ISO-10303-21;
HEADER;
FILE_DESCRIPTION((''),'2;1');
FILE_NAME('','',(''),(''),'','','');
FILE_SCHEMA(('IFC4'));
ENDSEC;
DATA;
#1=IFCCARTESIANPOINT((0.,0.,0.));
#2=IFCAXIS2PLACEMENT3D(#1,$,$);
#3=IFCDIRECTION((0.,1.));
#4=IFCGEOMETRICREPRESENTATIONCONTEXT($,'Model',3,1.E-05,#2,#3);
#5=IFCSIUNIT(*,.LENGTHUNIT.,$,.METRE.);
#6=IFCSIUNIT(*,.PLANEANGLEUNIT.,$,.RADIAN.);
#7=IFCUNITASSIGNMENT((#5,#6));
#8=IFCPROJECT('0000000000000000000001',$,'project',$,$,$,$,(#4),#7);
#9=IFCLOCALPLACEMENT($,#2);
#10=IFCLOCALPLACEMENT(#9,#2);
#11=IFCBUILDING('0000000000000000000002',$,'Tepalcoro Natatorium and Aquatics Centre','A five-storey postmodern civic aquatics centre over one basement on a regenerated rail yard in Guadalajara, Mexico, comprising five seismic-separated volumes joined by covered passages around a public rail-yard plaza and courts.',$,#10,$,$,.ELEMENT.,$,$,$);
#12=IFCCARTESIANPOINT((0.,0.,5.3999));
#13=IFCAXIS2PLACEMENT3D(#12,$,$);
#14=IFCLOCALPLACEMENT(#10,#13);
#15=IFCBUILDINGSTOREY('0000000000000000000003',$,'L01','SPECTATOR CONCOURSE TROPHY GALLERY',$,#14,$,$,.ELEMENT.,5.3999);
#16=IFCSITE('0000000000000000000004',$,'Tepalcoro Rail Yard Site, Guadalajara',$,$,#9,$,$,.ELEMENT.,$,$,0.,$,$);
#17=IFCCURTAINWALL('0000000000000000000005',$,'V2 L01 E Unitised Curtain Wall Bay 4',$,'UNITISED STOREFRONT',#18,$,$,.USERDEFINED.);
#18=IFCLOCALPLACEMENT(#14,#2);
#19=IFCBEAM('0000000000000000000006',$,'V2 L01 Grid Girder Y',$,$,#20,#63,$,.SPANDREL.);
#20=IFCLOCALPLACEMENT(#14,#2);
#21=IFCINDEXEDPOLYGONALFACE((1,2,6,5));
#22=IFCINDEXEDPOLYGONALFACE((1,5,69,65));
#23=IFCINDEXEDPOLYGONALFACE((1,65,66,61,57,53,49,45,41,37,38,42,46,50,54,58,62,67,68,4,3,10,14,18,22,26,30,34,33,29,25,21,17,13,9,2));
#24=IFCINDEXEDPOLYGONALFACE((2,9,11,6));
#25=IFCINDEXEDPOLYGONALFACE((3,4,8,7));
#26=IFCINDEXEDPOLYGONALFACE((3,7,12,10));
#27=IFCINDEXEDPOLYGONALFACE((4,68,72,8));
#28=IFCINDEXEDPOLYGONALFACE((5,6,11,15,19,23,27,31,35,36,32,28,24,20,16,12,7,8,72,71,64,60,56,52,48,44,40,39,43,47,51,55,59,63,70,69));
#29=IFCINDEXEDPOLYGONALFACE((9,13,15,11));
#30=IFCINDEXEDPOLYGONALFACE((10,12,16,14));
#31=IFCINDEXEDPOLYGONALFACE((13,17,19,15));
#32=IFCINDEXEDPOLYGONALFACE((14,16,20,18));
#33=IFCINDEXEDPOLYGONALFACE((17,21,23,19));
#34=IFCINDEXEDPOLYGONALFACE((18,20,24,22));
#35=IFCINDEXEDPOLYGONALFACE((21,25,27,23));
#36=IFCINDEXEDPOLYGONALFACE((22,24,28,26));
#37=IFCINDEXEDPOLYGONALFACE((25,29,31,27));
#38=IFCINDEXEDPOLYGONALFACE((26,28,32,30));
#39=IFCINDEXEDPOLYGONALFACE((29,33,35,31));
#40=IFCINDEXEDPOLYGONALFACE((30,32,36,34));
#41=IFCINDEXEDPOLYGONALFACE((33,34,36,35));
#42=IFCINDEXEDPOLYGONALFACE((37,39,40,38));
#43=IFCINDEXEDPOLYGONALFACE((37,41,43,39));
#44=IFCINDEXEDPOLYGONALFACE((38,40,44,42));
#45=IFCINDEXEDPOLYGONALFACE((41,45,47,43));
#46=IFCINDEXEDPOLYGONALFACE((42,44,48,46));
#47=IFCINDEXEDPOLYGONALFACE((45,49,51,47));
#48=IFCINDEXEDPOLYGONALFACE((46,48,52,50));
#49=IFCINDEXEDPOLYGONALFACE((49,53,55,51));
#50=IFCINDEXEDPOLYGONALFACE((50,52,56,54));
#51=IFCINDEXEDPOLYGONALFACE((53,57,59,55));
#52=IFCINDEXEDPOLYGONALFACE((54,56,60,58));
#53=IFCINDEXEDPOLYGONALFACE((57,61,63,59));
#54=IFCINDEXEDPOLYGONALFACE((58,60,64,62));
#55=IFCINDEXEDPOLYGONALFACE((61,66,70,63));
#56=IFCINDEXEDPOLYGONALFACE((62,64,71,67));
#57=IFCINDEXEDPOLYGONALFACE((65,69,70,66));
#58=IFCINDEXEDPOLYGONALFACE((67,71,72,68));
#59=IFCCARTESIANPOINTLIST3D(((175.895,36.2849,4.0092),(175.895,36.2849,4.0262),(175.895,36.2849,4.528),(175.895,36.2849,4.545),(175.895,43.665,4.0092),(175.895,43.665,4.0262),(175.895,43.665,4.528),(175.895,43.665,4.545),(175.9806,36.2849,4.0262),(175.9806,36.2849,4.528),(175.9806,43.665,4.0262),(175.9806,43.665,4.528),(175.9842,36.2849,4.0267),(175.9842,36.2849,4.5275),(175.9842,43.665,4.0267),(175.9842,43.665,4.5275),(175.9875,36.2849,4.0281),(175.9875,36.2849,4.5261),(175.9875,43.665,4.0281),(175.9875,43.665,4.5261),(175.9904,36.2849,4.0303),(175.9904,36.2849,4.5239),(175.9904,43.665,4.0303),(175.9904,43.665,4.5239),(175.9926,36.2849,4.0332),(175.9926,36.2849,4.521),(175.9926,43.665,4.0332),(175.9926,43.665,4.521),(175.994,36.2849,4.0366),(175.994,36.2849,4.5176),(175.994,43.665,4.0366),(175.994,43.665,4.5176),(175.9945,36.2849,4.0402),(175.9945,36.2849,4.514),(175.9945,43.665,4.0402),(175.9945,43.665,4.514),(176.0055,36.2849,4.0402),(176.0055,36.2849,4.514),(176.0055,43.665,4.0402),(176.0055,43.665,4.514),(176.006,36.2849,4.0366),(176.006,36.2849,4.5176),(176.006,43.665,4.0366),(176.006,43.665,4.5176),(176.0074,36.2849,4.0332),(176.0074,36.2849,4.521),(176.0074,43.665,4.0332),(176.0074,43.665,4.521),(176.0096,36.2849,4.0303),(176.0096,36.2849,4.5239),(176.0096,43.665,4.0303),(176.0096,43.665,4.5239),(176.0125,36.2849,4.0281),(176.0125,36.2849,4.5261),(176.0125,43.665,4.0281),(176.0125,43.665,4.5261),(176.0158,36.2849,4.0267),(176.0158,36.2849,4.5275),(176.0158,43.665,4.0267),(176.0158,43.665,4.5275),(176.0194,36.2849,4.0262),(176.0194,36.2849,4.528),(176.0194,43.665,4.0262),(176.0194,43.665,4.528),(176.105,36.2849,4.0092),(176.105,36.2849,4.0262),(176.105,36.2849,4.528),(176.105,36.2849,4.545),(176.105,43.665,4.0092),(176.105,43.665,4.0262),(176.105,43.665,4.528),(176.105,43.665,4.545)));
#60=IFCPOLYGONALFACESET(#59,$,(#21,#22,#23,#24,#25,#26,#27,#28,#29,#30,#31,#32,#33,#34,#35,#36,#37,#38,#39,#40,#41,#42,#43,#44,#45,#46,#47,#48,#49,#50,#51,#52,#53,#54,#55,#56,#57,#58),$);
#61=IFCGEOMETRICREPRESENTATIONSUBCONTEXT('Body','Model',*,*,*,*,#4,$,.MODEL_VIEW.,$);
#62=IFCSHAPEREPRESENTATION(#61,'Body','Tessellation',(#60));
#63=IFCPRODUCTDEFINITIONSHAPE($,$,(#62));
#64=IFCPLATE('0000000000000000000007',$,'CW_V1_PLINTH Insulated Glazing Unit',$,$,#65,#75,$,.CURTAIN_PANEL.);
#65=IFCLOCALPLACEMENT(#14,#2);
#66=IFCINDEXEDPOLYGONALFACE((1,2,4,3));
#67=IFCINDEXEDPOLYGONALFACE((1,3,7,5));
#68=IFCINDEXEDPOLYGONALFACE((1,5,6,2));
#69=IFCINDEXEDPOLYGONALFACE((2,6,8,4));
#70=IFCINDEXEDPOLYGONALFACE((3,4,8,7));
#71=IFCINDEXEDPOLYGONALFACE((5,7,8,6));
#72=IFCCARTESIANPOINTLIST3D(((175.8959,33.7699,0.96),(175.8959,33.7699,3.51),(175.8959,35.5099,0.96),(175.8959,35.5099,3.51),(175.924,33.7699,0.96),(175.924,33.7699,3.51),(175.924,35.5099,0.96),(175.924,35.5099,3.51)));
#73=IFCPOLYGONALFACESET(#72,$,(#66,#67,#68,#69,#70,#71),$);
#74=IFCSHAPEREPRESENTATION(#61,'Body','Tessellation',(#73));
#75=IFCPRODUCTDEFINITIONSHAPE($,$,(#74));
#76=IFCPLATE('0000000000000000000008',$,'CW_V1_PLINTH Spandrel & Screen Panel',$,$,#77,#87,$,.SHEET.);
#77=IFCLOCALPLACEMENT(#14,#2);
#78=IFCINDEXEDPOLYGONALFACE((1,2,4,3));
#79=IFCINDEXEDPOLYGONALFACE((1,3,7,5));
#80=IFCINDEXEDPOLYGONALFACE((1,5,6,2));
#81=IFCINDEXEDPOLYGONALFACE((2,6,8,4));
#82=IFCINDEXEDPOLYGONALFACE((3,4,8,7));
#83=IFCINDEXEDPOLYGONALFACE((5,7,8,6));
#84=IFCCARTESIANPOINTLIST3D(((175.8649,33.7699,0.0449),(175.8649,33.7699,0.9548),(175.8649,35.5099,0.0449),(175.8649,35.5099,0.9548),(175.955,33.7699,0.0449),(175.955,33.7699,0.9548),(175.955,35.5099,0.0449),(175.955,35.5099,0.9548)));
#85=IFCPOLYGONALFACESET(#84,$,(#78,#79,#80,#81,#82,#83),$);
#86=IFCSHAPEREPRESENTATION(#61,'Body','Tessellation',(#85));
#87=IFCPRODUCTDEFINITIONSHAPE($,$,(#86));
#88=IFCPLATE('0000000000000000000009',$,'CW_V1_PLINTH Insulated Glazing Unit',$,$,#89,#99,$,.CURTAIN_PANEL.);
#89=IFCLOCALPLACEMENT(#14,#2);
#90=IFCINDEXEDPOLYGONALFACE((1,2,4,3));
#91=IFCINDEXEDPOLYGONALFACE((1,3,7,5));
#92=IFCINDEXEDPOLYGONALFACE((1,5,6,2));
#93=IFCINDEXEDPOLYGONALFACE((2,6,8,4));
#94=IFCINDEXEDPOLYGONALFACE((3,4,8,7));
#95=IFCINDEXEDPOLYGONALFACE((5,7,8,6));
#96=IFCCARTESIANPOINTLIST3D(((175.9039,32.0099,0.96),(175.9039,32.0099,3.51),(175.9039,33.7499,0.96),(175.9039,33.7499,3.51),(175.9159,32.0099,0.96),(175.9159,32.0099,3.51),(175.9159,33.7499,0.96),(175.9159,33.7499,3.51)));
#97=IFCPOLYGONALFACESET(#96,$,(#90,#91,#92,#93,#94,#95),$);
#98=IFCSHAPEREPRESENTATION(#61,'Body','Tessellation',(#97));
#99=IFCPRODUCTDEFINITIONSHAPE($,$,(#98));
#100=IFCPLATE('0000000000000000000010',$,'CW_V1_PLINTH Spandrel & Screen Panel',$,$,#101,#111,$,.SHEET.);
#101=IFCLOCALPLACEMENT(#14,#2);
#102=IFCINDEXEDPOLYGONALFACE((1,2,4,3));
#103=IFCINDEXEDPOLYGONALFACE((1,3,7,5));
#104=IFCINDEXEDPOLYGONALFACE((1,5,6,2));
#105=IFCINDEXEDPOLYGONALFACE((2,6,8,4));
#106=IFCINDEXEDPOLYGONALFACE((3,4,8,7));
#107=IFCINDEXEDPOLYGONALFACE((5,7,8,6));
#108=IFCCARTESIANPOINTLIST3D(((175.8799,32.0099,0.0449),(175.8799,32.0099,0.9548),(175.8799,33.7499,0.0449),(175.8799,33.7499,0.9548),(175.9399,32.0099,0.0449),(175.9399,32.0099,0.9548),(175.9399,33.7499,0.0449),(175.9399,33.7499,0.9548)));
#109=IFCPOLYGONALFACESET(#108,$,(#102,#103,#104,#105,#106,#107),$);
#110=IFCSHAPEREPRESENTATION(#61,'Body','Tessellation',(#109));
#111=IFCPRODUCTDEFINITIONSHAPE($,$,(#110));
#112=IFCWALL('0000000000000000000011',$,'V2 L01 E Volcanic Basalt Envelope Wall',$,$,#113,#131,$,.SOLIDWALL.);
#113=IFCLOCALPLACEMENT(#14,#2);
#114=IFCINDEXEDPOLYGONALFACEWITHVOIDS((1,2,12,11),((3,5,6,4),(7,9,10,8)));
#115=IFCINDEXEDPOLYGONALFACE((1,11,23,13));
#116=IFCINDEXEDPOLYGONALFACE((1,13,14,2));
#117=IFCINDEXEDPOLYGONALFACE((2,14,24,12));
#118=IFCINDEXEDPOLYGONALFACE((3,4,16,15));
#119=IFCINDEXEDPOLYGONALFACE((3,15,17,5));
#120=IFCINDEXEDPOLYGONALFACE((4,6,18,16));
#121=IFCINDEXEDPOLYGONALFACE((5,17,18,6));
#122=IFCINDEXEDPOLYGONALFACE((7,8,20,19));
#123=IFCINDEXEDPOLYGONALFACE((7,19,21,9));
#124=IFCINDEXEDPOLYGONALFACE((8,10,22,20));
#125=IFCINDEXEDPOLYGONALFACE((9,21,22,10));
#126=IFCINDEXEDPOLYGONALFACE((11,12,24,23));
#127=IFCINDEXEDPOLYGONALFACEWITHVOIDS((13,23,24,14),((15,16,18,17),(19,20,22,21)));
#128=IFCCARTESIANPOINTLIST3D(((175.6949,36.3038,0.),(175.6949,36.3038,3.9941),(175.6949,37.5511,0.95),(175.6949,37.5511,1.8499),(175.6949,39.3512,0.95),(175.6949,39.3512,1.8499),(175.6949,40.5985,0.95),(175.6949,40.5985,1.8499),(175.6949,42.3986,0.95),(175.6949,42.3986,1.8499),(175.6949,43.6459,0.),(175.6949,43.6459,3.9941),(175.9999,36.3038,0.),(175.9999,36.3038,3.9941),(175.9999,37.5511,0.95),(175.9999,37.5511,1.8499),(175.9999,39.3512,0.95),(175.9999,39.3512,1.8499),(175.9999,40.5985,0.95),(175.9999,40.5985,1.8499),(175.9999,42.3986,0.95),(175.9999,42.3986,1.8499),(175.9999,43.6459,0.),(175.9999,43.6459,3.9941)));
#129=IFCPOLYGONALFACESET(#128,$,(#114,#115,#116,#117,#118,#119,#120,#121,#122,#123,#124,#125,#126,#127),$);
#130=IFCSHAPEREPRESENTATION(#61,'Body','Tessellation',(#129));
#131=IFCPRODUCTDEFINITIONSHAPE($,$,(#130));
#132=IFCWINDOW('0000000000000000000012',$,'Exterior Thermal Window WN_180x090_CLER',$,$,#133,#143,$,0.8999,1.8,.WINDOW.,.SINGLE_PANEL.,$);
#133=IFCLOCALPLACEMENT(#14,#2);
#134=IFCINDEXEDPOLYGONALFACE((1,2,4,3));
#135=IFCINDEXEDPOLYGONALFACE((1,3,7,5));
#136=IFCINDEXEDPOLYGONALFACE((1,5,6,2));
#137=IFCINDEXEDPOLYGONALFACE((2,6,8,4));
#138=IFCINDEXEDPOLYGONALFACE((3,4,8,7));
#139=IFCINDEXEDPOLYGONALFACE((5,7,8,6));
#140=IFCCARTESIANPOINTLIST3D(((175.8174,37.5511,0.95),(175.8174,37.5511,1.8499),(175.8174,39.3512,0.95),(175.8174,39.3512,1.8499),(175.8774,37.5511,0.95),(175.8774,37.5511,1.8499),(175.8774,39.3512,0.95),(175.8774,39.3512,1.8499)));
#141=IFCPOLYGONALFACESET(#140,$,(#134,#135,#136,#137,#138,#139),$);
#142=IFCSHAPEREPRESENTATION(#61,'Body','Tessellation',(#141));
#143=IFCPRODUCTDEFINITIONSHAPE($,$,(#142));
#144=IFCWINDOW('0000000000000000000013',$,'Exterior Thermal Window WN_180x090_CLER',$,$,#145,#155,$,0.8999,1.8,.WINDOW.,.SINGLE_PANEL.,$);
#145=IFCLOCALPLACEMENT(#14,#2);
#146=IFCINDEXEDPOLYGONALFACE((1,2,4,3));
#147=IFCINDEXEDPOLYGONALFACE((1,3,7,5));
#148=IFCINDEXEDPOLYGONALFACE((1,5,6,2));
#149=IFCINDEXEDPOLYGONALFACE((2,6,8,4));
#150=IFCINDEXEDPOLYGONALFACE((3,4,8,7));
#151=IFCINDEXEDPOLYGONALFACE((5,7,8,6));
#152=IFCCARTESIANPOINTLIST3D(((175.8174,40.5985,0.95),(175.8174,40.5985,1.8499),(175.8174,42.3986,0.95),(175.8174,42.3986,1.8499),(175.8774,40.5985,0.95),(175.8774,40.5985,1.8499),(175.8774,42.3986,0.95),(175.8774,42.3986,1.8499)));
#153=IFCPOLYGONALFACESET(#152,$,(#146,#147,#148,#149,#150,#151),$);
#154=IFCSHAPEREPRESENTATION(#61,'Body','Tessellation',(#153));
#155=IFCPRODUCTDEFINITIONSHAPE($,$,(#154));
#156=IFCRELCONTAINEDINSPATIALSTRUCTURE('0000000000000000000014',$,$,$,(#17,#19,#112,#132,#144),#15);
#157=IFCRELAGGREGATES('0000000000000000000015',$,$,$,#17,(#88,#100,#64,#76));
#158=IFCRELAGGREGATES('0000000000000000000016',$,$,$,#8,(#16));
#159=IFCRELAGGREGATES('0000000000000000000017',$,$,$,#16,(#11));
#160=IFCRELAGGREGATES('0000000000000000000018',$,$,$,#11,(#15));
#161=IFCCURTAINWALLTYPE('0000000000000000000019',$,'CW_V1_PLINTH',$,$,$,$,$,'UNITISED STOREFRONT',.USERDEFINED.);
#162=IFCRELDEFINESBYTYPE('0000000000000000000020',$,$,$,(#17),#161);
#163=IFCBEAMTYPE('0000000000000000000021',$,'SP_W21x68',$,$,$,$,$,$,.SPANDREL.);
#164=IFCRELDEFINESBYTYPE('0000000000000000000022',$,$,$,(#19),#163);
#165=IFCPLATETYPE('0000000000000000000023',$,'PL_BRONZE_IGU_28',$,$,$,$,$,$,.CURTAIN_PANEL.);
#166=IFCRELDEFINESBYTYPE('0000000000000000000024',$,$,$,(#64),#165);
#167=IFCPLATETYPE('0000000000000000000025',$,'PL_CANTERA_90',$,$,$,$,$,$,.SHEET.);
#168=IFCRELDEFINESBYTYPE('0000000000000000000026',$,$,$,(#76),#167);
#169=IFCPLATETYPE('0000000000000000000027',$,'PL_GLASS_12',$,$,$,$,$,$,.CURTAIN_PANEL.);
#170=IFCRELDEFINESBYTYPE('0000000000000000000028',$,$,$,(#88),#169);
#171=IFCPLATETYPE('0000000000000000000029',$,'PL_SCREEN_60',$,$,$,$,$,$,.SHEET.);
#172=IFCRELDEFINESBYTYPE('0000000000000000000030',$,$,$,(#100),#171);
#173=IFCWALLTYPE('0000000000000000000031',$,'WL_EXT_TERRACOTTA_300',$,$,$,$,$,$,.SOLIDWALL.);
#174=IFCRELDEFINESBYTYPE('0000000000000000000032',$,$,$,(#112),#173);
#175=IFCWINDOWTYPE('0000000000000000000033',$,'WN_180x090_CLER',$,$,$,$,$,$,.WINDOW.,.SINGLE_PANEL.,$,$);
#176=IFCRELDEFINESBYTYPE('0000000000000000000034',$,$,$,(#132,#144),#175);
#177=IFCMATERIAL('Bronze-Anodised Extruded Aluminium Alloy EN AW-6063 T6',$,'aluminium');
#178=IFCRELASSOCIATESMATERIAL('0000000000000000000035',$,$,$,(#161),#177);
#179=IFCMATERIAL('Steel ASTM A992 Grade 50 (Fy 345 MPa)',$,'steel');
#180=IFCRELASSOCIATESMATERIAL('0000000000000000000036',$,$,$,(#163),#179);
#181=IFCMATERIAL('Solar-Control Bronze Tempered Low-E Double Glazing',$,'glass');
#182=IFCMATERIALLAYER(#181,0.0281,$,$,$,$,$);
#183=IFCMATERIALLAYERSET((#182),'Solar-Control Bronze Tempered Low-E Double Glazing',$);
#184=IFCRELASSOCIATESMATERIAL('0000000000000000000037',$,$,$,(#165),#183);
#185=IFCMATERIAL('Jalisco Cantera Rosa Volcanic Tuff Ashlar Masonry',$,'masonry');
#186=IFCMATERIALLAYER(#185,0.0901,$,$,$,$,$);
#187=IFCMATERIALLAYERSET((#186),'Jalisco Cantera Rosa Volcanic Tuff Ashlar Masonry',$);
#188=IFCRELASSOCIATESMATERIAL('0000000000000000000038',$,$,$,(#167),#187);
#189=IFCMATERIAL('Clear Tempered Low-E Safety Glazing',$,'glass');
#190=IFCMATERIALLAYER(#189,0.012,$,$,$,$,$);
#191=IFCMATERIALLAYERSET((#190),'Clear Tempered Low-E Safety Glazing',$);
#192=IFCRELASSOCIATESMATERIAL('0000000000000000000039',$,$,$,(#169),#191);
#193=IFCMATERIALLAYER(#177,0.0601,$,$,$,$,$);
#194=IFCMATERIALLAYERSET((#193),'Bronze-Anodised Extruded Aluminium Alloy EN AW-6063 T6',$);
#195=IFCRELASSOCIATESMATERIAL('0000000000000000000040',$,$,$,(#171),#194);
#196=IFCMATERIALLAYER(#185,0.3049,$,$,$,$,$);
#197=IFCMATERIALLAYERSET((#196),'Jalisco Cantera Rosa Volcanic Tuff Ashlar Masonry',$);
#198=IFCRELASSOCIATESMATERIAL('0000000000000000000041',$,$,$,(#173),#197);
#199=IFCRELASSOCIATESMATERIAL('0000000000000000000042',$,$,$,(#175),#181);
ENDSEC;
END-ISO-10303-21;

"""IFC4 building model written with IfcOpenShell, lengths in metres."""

from ifc_helpers import new_model, si_unit, direction, frame, frame_2d, origin, origin_2d, place, context, subcontext, project, spatial, rectangle, i_section, extrude, material, layer, layer_set, material_profile, profile_set, type_object, element, fill, aggregate, save


model = new_model("IFC4")

# Units and contexts
model_context = context("Model", 3, precision=1e-05, world=origin(), true_north=direction((0.0, 1.0)))
body_context = subcontext(model_context, "Body", "Model", "MODEL_VIEW")
ifc_project = project(units=[si_unit("LENGTHUNIT", "METRE"), si_unit("PLANEANGLEUNIT", "RADIAN")], contexts=[model_context])

# Site, building, storey
site_placement = place(None, origin())
site = spatial("IfcSite", under=ifc_project, at=site_placement, Name="Tepalcoro Rail Yard Site, Guadalajara", CompositionType="ELEMENT", RefElevation=0.0)
building_placement = place(site_placement, origin())
building = spatial("IfcBuilding", under=site, at=building_placement, Name="Tepalcoro Natatorium and Aquatics Centre", Description="A five-storey postmodern civic aquatics centre over one basement on a regenerated rail yard in Guadalajara, Mexico, comprising five seismic-separated volumes joined by covered passages around a public rail-yard plaza and courts.", CompositionType="ELEMENT")
storey_placement = place(building_placement, frame((0.0, 0.0, 5.3999)))
storey = spatial("IfcBuildingStorey", under=building, at=storey_placement, Name="L01", Description="SPECTATOR CONCOURSE TROPHY GALLERY", CompositionType="ELEMENT", Elevation=5.3999)

# Shared definitions
ifc_material_1 = material(Name="Steel ASTM A992 Grade 50 (Fy 345 MPa)", Category="steel")

# Curtain wall
ifc_material_2 = material(Name="Bronze-Anodised Extruded Aluminium Alloy EN AW-6063 T6", Category="aluminium")
curtain_wall_type = type_object("IfcCurtainWallType", Name="CW_V1_PLINTH", ElementType="UNITISED STOREFRONT", PredefinedType="USERDEFINED", material=ifc_material_2)
curtain_wall_placement = place(storey_placement, origin())
curtain_wall = element("IfcCurtainWall", 1, at=curtain_wall_placement, inside=storey, type_object=curtain_wall_type, Name="V2 L01 E Unitised Curtain Wall Bay 4", ObjectType="UNITISED STOREFRONT", PredefinedType="USERDEFINED")

# Beam
ifc_material_profile_1 = material_profile(ifc_material_1, i_section(OverallWidth=0.21, OverallDepth=0.5359, WebThickness=0.011, FlangeThickness=0.0171, FilletRadius=0.0139, at=origin_2d()), Name="W21X68")
ifc_profile_set_1 = profile_set([ifc_material_profile_1], Name="Steel ASTM A992 Grade 50 (Fy 345 MPa)")
beam_type_1 = type_object("IfcBeamType", Name="SP_W21x68", PredefinedType="SPANDREL", material=ifc_profile_set_1)
beam_1_placement = place(storey_placement, frame((176.0, 36.2849, 4.2771), z_axis=(0.0, 1.0, 0.0), x_axis=(-1.0, 0.0, 0.0)))
element("IfcBeam", 2, at=beam_1_placement, inside=storey, type_object=beam_type_1, Name="V2 L01 Grid Girder Y", PredefinedType="SPANDREL", context=body_context, shape_type="SweptSolid", body=[
    extrude(i_section(OverallWidth=0.21, OverallDepth=0.5359, WebThickness=0.011, FlangeThickness=0.0171, FilletRadius=0.0139, at=origin_2d()), origin(), (0.0, 0.0, 1.0), 7.3801),
])

# Plates
ifc_material_3 = material(Name="Solar-Control Bronze Tempered Low-E Double Glazing", Category="glass")
ifc_layer_1 = layer(ifc_material_3, 0.0281)
ifc_layer_set_1 = layer_set([ifc_layer_1], Name="Solar-Control Bronze Tempered Low-E Double Glazing")
plate_type_1 = type_object("IfcPlateType", Name="PL_BRONZE_IGU_28", PredefinedType="CURTAIN_PANEL", material=ifc_layer_set_1)
plate_1_placement = place(storey_placement, frame((175.9099, 34.6399, 0.96), z_axis=(0.0, 0.0, 1.0), x_axis=(1.0, 0.0, 0.0)))
plate_1 = element("IfcPlate", 3, at=plate_1_placement, type_object=plate_type_1, Name="CW_V1_PLINTH Insulated Glazing Unit", PredefinedType="CURTAIN_PANEL", context=body_context, shape_type="SweptSolid", body=[
    extrude(rectangle(XDim=0.0281, YDim=1.74, at=origin_2d()), origin(), (0.0, 0.0, 1.0), 2.55),
])
ifc_material_4 = material(Name="Jalisco Cantera Rosa Volcanic Tuff Ashlar Masonry", Category="masonry")
ifc_layer_2 = layer(ifc_material_4, 0.0901)
ifc_layer_set_2 = layer_set([ifc_layer_2], Name="Jalisco Cantera Rosa Volcanic Tuff Ashlar Masonry")
plate_type_2 = type_object("IfcPlateType", Name="PL_CANTERA_90", PredefinedType="SHEET", material=ifc_layer_set_2)
plate_2_placement = place(storey_placement, frame((175.9099, 34.6399, 0.0449), z_axis=(0.0, 0.0, 1.0), x_axis=(1.0, 0.0, 0.0)))
plate_2 = element("IfcPlate", 4, at=plate_2_placement, type_object=plate_type_2, Name="CW_V1_PLINTH Spandrel & Screen Panel", PredefinedType="SHEET", context=body_context, shape_type="SweptSolid", body=[
    extrude(rectangle(XDim=0.0901, YDim=1.74, at=origin_2d()), origin(), (0.0, 0.0, 1.0), 0.9099),
])
ifc_material_5 = material(Name="Clear Tempered Low-E Safety Glazing", Category="glass")
ifc_layer_3 = layer(ifc_material_5, 0.012)
ifc_layer_set_3 = layer_set([ifc_layer_3], Name="Clear Tempered Low-E Safety Glazing")
plate_type_3 = type_object("IfcPlateType", Name="PL_GLASS_12", PredefinedType="CURTAIN_PANEL", material=ifc_layer_set_3)
plate_3_placement = place(storey_placement, frame((175.9099, 32.8799, 0.96), z_axis=(0.0, 0.0, 1.0), x_axis=(1.0, 0.0, 0.0)))
plate_3 = element("IfcPlate", 5, at=plate_3_placement, type_object=plate_type_3, Name="CW_V1_PLINTH Insulated Glazing Unit", PredefinedType="CURTAIN_PANEL", context=body_context, shape_type="SweptSolid", body=[
    extrude(rectangle(XDim=0.012, YDim=1.74, at=origin_2d()), origin(), (0.0, 0.0, 1.0), 2.55),
])
ifc_layer_4 = layer(ifc_material_2, 0.0601)
ifc_layer_set_4 = layer_set([ifc_layer_4], Name="Bronze-Anodised Extruded Aluminium Alloy EN AW-6063 T6")
plate_type_4 = type_object("IfcPlateType", Name="PL_SCREEN_60", PredefinedType="SHEET", material=ifc_layer_set_4)
plate_4_placement = place(storey_placement, frame((175.9099, 32.8799, 0.0449), z_axis=(0.0, 0.0, 1.0), x_axis=(1.0, 0.0, 0.0)))
plate_4 = element("IfcPlate", 6, at=plate_4_placement, type_object=plate_type_4, Name="CW_V1_PLINTH Spandrel & Screen Panel", PredefinedType="SHEET", context=body_context, shape_type="SweptSolid", body=[
    extrude(rectangle(XDim=0.0601, YDim=1.74, at=origin_2d()), origin(), (0.0, 0.0, 1.0), 0.9099),
])
aggregate(curtain_wall, [plate_3, plate_4, plate_1, plate_2])

# Wall, openings, windows
ifc_layer_5 = layer(ifc_material_4, 0.3049)
ifc_layer_set_5 = layer_set([ifc_layer_5], Name="Jalisco Cantera Rosa Volcanic Tuff Ashlar Masonry")
wall_type = type_object("IfcWallType", Name="WL_EXT_TERRACOTTA_300", PredefinedType="SOLIDWALL", material=ifc_layer_set_5)
wall_placement = place(storey_placement, frame((175.8474, 36.304, 0.0), z_axis=(0.0, 0.0, 1.0), x_axis=(0.0, 1.0, 0.0)))
wall = element("IfcWall", 7, at=wall_placement, inside=storey, type_object=wall_type, Name="V2 L01 E Volcanic Basalt Envelope Wall", PredefinedType="SOLIDWALL", context=body_context, shape_type="SweptSolid", body=[
    extrude(rectangle(XDim=7.342, YDim=0.3049, at=frame_2d((3.6709, 0.0))), origin(), (0.0, 0.0, 1.0), 3.9941),
])
opening_1_placement = place(wall_placement, frame((1.2473, 0.0, 0.95)))
opening_1 = element("IfcOpeningElement", 8, at=opening_1_placement, cuts=wall, PredefinedType="OPENING", context=body_context, shape_type="SweptSolid", body=[
    extrude(rectangle(XDim=1.8, YDim=0.8999, at=frame_2d((0.8999, 0.45))), frame((0.0, 0.1646, 0.0), z_axis=(0.0, -1.0, 0.0), x_axis=(1.0, 0.0, 0.0)), (0.0, 0.0, 1.0), 0.3289),
])
opening_2_placement = place(wall_placement, frame((4.2947, 0.0, 0.95)))
opening_2 = element("IfcOpeningElement", 9, at=opening_2_placement, cuts=wall, PredefinedType="OPENING", context=body_context, shape_type="SweptSolid", body=[
    extrude(rectangle(XDim=1.8, YDim=0.8999, at=frame_2d((0.8999, 0.45))), frame((0.0, 0.1646, 0.0), z_axis=(0.0, -1.0, 0.0), x_axis=(1.0, 0.0, 0.0)), (0.0, 0.0, 1.0), 0.3289),
])
window_type = type_object("IfcWindowType", Name="WN_180x090_CLER", PartitioningType="SINGLE_PANEL", PredefinedType="WINDOW", material=ifc_material_3)
window_1_placement = place(opening_1_placement, origin())
window_1 = element("IfcWindow", 10, at=window_1_placement, inside=storey, type_object=window_type, Name="Exterior Thermal Window WN_180x090_CLER", OverallHeight=0.8999, OverallWidth=1.8, PartitioningType="SINGLE_PANEL", PredefinedType="WINDOW", context=body_context, shape_type="SweptSolid", body=[
    extrude(rectangle(XDim=1.8, YDim=0.8999, at=frame_2d((0.8999, 0.45))), frame((0.0, 0.03, 0.0), z_axis=(0.0, -1.0, 0.0), x_axis=(1.0, 0.0, 0.0)), (0.0, 0.0, 1.0), 0.0601),
])
fill(opening_1, window_1)
window_2_placement = place(opening_2_placement, origin())
window_2 = element("IfcWindow", 11, at=window_2_placement, inside=storey, type_object=window_type, Name="Exterior Thermal Window WN_180x090_CLER", OverallHeight=0.8999, OverallWidth=1.8, PartitioningType="SINGLE_PANEL", PredefinedType="WINDOW", context=body_context, shape_type="SweptSolid", body=[
    extrude(rectangle(XDim=1.8, YDim=0.8999, at=frame_2d((0.8999, 0.45))), frame((0.0, 0.03, 0.0), z_axis=(0.0, -1.0, 0.0), x_axis=(1.0, 0.0, 0.0)), (0.0, 0.0, 1.0), 0.0601),
])
fill(opening_2, window_2)

save(model, "model.ifc")
